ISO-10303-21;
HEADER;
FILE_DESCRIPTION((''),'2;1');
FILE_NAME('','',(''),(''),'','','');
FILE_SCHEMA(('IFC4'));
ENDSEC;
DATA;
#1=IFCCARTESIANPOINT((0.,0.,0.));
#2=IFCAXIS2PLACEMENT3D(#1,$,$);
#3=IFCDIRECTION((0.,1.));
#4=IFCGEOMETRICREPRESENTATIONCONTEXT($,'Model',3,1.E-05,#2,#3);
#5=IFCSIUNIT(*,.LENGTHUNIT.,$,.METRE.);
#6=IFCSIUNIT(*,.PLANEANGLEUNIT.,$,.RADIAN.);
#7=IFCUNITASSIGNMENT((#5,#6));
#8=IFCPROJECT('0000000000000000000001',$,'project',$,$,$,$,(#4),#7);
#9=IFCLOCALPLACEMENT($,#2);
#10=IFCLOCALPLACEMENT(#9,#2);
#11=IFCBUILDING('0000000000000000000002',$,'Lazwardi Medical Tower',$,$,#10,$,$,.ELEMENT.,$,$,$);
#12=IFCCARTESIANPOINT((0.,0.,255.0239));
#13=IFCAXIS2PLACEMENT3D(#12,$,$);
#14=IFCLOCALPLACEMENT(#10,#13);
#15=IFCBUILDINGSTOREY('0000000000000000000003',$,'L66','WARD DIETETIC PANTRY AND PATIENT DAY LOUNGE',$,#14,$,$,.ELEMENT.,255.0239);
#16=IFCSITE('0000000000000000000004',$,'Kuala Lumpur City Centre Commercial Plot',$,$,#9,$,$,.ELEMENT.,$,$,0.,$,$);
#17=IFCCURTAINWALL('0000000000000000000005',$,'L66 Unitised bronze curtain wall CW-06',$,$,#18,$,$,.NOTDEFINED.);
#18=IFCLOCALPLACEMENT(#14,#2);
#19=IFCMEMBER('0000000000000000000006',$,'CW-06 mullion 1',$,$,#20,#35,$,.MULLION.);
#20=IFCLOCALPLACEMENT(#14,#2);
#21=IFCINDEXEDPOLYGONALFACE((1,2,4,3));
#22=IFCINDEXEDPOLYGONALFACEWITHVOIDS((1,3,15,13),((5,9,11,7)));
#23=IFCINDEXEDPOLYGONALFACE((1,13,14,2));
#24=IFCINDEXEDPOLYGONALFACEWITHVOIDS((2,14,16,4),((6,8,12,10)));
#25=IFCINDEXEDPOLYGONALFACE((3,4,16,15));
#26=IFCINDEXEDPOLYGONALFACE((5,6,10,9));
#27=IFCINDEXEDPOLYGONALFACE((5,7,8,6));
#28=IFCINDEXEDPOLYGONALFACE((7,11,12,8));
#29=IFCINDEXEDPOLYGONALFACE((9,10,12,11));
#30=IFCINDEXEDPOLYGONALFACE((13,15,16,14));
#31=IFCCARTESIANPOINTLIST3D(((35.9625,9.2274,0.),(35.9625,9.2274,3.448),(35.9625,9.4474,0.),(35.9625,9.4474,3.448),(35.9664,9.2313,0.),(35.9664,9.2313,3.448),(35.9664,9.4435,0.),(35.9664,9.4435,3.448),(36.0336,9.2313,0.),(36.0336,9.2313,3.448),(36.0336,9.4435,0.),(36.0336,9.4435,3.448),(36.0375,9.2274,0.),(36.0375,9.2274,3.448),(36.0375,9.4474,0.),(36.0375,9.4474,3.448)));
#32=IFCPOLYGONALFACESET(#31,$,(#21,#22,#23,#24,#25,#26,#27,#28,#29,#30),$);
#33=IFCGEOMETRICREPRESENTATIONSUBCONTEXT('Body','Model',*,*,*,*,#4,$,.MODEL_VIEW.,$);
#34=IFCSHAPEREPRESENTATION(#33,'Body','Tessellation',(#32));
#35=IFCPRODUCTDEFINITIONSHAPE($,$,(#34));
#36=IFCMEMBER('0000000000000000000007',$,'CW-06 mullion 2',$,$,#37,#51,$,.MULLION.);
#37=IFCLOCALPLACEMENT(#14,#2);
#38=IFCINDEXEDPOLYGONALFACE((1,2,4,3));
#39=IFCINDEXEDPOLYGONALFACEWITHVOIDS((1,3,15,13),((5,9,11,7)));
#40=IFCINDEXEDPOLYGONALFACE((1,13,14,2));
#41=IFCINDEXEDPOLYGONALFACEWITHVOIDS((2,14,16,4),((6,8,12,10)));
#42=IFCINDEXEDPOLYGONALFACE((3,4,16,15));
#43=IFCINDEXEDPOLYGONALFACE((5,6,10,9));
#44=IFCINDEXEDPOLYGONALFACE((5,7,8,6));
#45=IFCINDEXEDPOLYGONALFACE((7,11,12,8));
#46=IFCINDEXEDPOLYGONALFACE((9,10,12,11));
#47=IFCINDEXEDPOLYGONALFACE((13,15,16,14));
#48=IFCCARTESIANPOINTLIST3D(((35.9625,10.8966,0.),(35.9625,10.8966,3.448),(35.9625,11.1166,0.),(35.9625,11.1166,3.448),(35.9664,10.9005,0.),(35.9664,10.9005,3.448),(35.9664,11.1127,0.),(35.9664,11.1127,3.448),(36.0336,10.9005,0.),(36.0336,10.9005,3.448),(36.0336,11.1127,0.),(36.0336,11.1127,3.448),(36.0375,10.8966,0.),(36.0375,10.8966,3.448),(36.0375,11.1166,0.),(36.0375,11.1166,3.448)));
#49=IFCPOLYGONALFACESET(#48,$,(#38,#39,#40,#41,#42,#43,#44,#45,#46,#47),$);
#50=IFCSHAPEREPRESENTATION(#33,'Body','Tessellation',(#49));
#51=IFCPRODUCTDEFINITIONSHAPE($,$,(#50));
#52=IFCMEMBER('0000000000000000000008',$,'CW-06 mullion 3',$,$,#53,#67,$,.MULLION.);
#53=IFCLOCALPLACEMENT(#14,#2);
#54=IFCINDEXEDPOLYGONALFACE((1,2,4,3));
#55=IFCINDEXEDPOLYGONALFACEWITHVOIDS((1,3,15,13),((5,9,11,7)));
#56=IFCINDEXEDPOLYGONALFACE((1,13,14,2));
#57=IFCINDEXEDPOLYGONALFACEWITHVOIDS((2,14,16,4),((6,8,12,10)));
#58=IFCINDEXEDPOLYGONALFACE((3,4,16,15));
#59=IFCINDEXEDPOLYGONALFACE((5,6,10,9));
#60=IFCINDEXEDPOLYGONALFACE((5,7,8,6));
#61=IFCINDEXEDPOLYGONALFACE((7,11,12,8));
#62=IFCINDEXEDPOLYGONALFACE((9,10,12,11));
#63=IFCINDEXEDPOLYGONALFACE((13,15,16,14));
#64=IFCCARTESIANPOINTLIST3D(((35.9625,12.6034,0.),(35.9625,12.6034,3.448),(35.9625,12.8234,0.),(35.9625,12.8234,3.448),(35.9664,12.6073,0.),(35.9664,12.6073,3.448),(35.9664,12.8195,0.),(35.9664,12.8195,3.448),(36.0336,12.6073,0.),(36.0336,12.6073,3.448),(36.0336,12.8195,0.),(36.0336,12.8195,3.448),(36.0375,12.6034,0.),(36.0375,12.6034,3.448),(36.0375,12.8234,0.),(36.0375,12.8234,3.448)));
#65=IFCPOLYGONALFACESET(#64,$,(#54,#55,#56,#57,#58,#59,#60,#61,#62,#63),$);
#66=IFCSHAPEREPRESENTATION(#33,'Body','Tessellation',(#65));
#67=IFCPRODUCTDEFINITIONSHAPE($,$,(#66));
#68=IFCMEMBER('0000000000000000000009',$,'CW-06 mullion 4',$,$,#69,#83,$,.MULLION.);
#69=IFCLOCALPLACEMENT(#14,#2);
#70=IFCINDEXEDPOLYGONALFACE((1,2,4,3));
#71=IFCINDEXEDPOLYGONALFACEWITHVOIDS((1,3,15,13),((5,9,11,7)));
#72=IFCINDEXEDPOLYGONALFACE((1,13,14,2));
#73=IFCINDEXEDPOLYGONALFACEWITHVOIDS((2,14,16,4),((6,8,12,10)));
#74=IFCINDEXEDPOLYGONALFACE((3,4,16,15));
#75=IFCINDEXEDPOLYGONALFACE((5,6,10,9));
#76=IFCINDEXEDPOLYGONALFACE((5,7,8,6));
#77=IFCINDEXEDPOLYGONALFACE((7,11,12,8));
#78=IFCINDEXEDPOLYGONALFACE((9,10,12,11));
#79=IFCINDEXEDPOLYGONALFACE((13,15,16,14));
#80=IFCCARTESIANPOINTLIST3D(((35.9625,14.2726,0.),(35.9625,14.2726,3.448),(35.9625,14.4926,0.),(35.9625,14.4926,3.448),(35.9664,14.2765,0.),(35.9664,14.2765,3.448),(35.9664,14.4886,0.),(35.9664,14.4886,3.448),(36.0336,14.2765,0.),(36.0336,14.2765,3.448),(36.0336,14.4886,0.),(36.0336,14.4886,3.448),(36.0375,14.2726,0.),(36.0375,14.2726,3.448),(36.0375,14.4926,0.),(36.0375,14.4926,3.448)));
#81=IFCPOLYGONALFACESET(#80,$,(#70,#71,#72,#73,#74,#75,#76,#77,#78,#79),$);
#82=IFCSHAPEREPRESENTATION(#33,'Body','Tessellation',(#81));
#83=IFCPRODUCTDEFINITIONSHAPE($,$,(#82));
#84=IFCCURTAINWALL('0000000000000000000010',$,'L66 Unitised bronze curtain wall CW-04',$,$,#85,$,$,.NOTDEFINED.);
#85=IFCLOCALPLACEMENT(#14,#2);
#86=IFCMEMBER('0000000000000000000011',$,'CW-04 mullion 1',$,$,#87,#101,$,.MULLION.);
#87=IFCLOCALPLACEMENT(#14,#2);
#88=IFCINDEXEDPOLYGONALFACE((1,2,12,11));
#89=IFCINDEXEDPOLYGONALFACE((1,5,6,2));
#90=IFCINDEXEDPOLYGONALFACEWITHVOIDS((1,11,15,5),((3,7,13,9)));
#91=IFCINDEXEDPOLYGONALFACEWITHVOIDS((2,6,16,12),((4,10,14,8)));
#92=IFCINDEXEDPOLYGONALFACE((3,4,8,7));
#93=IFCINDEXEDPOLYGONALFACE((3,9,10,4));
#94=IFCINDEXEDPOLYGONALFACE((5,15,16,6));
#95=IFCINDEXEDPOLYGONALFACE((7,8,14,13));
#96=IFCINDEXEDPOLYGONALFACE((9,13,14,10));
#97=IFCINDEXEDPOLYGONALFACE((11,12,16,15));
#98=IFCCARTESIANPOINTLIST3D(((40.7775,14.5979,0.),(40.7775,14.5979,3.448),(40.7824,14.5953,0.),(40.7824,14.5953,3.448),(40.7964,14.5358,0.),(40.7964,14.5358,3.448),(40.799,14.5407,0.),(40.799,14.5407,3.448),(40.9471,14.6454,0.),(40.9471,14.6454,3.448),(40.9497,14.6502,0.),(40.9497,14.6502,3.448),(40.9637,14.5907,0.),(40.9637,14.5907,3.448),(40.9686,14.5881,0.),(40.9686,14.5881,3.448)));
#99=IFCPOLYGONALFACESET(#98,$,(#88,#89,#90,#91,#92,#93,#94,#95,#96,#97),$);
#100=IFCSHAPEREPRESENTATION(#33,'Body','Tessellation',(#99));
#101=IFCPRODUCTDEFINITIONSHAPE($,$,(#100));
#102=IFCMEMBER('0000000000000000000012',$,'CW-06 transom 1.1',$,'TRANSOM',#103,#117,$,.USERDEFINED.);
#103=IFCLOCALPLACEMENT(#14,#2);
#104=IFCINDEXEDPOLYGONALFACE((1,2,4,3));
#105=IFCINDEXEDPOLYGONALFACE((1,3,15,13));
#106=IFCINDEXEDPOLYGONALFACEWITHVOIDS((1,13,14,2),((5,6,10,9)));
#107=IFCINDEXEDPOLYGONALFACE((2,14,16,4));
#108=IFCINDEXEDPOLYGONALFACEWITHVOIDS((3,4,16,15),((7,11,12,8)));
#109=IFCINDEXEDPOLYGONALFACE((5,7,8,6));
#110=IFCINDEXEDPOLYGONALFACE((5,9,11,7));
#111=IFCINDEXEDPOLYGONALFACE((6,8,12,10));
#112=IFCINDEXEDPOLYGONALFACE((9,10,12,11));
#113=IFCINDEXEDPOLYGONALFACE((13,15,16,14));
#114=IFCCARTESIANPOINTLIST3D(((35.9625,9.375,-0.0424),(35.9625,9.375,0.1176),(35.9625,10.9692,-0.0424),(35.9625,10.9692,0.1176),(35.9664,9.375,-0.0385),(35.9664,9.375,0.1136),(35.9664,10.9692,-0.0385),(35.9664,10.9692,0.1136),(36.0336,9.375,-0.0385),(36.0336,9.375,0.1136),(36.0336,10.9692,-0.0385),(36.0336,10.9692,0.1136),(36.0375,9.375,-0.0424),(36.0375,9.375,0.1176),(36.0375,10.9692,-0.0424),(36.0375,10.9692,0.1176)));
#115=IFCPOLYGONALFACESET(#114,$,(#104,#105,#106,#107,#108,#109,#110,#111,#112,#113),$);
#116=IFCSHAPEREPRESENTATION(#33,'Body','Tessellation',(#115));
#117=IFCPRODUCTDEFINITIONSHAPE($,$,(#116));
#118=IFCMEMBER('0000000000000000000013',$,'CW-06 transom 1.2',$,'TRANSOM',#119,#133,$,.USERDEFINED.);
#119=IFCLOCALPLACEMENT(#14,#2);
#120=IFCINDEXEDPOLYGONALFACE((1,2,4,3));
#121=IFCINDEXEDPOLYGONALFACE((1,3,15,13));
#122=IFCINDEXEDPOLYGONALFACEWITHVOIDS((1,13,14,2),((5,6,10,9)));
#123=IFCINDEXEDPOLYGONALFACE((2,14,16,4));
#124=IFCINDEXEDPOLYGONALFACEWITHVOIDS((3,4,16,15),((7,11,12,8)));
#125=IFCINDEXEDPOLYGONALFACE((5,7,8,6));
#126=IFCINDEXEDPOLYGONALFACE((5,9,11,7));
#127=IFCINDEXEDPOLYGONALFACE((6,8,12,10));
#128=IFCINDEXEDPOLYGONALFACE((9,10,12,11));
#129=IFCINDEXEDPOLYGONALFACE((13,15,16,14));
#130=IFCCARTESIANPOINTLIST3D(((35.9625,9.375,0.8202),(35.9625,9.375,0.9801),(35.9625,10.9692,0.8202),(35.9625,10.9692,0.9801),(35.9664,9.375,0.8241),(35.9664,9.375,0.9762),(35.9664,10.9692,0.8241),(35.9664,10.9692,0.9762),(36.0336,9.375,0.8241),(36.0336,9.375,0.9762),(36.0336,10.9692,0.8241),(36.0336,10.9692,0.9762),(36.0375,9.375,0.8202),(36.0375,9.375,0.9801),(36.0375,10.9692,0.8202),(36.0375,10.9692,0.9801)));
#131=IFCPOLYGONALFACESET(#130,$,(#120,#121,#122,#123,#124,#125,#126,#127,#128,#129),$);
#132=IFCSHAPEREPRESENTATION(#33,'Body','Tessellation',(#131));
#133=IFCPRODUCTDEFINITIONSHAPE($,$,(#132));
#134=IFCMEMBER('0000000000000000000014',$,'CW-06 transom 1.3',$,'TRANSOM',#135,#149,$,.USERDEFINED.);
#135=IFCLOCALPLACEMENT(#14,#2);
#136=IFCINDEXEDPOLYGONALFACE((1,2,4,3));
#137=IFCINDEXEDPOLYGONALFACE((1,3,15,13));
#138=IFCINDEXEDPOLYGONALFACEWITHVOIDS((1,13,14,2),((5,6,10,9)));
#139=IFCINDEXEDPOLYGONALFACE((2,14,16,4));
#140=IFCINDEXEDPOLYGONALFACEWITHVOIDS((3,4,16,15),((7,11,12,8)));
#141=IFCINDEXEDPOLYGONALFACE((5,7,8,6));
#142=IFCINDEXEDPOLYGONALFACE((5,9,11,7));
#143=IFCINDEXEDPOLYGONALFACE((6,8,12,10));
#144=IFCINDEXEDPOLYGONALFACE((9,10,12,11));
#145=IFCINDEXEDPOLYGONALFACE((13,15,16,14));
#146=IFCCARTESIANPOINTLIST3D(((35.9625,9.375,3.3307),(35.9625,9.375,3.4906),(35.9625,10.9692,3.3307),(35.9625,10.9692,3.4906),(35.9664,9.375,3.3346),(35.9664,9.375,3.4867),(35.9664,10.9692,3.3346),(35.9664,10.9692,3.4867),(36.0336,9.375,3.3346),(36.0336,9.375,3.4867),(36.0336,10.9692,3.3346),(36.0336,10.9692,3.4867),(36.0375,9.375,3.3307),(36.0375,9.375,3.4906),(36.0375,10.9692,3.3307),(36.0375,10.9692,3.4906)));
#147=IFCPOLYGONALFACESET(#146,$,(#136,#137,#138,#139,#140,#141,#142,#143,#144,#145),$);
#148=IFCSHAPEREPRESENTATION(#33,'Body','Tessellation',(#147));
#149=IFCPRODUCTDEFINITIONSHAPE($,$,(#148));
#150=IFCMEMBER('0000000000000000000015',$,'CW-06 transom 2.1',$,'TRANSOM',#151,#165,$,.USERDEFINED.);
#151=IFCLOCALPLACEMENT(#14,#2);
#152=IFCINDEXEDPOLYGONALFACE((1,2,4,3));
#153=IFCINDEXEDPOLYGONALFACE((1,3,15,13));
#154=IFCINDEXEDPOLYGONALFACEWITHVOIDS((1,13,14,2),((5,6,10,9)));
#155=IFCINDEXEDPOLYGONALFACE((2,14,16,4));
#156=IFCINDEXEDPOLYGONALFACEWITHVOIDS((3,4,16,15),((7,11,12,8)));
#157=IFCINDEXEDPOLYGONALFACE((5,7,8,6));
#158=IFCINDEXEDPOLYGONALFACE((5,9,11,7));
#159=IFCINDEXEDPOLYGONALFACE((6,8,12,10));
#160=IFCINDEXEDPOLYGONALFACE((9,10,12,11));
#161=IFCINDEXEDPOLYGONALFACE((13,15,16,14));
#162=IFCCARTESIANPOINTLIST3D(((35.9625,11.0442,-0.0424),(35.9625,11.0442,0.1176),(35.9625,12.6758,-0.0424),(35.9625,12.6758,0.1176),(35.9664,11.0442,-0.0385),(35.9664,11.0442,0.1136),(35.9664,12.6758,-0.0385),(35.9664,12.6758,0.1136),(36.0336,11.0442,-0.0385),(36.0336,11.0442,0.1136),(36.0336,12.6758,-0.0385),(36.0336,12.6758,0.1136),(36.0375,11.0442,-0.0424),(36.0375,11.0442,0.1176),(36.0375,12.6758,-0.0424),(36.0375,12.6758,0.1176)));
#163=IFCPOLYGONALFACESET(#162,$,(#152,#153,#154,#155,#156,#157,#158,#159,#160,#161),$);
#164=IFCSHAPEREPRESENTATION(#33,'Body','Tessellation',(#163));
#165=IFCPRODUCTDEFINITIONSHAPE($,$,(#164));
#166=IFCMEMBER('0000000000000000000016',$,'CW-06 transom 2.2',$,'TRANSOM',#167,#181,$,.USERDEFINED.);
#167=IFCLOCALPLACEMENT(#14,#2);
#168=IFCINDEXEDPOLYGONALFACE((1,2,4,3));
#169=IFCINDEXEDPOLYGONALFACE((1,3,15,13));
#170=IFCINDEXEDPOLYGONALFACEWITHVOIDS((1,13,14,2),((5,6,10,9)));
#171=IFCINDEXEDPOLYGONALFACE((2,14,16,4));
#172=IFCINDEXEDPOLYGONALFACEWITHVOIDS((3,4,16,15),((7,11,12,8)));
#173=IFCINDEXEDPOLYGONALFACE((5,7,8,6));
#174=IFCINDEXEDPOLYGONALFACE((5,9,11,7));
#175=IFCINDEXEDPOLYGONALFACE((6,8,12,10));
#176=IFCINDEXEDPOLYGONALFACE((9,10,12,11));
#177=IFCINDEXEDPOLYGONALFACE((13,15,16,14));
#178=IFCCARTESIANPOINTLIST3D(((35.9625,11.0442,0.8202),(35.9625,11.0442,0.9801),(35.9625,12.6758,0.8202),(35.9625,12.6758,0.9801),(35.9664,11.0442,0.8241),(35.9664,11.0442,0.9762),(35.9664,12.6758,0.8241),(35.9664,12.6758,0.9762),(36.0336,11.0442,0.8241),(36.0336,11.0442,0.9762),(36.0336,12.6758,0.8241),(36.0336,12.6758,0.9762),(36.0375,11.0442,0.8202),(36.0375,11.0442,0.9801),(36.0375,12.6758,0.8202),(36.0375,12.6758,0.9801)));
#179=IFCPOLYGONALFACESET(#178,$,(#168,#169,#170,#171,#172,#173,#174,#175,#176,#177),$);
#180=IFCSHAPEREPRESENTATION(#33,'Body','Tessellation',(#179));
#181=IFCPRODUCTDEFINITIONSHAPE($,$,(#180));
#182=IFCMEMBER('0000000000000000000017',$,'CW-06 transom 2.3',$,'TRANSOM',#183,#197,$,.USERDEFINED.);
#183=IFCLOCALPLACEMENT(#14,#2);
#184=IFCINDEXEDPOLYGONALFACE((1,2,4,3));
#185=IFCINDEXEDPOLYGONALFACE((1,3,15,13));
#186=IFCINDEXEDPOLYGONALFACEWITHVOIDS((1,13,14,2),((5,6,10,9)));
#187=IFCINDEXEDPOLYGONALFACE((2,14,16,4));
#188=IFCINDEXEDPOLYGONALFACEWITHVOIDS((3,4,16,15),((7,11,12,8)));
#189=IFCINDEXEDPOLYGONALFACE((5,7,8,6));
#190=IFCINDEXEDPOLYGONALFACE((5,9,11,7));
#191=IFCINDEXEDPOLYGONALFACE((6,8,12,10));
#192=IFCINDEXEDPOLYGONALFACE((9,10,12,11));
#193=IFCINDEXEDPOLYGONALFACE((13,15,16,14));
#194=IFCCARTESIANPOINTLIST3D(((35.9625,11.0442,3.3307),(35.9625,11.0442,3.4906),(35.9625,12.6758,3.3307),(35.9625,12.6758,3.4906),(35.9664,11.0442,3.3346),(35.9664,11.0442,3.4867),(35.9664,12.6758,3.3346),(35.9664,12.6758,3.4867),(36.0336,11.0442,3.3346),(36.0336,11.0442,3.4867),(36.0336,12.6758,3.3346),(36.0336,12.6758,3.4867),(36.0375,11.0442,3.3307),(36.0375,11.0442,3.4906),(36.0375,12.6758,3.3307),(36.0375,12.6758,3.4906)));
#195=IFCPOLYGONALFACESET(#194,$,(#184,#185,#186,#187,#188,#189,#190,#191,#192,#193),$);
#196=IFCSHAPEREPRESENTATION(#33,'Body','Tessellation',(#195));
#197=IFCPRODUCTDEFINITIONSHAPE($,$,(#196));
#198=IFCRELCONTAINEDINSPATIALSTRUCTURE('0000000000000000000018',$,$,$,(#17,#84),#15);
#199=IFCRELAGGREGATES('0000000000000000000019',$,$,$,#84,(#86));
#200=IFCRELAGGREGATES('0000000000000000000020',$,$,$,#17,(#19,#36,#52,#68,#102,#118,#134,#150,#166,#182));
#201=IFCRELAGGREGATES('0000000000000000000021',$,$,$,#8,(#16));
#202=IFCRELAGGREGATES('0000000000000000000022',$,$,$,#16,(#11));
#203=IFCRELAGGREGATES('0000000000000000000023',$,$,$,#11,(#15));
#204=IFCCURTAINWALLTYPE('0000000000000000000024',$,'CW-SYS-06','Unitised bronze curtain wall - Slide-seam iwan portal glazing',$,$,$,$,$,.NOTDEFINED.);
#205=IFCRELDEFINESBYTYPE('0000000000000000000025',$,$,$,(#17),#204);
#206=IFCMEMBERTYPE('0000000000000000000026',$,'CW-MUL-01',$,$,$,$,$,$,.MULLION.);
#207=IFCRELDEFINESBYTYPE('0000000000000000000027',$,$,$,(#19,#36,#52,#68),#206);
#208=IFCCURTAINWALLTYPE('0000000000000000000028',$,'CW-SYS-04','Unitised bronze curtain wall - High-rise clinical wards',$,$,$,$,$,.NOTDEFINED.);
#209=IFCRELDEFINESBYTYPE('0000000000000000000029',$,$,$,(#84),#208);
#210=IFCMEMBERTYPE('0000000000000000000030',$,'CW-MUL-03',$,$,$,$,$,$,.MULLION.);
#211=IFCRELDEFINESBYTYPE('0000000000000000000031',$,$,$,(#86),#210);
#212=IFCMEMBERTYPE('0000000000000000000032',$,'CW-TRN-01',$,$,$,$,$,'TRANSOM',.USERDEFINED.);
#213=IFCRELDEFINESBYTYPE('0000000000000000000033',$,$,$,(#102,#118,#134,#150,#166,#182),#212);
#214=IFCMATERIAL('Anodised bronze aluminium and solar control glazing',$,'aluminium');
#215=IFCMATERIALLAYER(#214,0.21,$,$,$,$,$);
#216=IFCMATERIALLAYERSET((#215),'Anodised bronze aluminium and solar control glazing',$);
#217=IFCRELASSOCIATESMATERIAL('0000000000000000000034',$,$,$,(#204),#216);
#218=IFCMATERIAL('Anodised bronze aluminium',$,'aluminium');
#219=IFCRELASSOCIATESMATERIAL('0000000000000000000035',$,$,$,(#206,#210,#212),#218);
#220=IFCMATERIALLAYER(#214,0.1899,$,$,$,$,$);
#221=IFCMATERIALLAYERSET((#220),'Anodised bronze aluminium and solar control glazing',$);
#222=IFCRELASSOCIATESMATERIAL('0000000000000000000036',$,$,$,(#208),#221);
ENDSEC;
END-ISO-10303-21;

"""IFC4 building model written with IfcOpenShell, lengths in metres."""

from ifc_helpers import new_model, si_unit, direction, frame, origin, origin_2d, place, context, subcontext, project, spatial, hollow_rectangle, extrude, material, layer, layer_set, material_profile, profile_set, type_object, element, aggregate, save


model = new_model("IFC4")

# Units and contexts
model_context = context("Model", 3, precision=1e-05, world=origin(), true_north=direction((0.0, 1.0)))
body_context = subcontext(model_context, "Body", "Model", "MODEL_VIEW")
ifc_project = project(units=[si_unit("LENGTHUNIT", "METRE"), si_unit("PLANEANGLEUNIT", "RADIAN")], contexts=[model_context])

# Site, building, storey
site_placement = place(None, origin())
site = spatial("IfcSite", under=ifc_project, at=site_placement, Name="Kuala Lumpur City Centre Commercial Plot", CompositionType="ELEMENT", RefElevation=0.0)
building_placement = place(site_placement, origin())
building = spatial("IfcBuilding", under=site, at=building_placement, Name="Lazwardi Medical Tower", CompositionType="ELEMENT")
storey_placement = place(building_placement, frame((0.0, 0.0, 255.0239)))
storey = spatial("IfcBuildingStorey", under=building, at=storey_placement, Name="L66", Description="WARD DIETETIC PANTRY AND PATIENT DAY LOUNGE", CompositionType="ELEMENT", Elevation=255.0239)

# Curtain wall, members
ifc_material_1 = material(Name="Anodised bronze aluminium and solar control glazing", Category="aluminium")
ifc_layer_1 = layer(ifc_material_1, 0.21)
ifc_layer_set_1 = layer_set([ifc_layer_1], Name="Anodised bronze aluminium and solar control glazing")
curtain_wall_type_1 = type_object("IfcCurtainWallType", Name="CW-SYS-06", Description="Unitised bronze curtain wall - Slide-seam iwan portal glazing", PredefinedType="NOTDEFINED", material=ifc_layer_set_1)
curtain_wall_1_placement = place(storey_placement, origin())
curtain_wall_1 = element("IfcCurtainWall", 1, at=curtain_wall_1_placement, inside=storey, type_object=curtain_wall_type_1, Name="L66 Unitised bronze curtain wall CW-06", PredefinedType="NOTDEFINED")
ifc_material_2 = material(Name="Anodised bronze aluminium", Category="aluminium")
ifc_material_profile_1 = material_profile(ifc_material_2, hollow_rectangle(XDim=0.075, YDim=0.22, WallThickness=0.0039, at=origin_2d()), Name="ALU-MULLION 220x75x4")
ifc_profile_set_1 = profile_set([ifc_material_profile_1], Name="Anodised bronze aluminium")
member_type_1 = type_object("IfcMemberType", Name="CW-MUL-01", PredefinedType="MULLION", material=ifc_profile_set_1)
member_1_placement = place(storey_placement, frame((36.0, 9.3374, 0.0), z_axis=(0.0, 0.0, 1.0), x_axis=(-1.0, 0.0, 0.0)))
member_1 = element("IfcMember", 2, at=member_1_placement, type_object=member_type_1, Name="CW-06 mullion 1", PredefinedType="MULLION", context=body_context, shape_type="SweptSolid", body=[
    extrude(hollow_rectangle(XDim=0.075, YDim=0.22, WallThickness=0.0039, at=origin_2d()), origin(), (0.0, 0.0, 1.0), 3.448),
])
member_2_placement = place(storey_placement, frame((36.0, 11.0066, 0.0), z_axis=(0.0, 0.0, 1.0), x_axis=(-1.0, 0.0, 0.0)))
member_2 = element("IfcMember", 3, at=member_2_placement, type_object=member_type_1, Name="CW-06 mullion 2", PredefinedType="MULLION", context=body_context, shape_type="SweptSolid", body=[
    extrude(hollow_rectangle(XDim=0.075, YDim=0.22, WallThickness=0.0039, at=origin_2d()), origin(), (0.0, 0.0, 1.0), 3.448),
])
member_3_placement = place(storey_placement, frame((36.0, 12.7134, 0.0), z_axis=(0.0, 0.0, 1.0), x_axis=(-1.0, 0.0, 0.0)))
member_3 = element("IfcMember", 4, at=member_3_placement, type_object=member_type_1, Name="CW-06 mullion 3", PredefinedType="MULLION", context=body_context, shape_type="SweptSolid", body=[
    extrude(hollow_rectangle(XDim=0.075, YDim=0.22, WallThickness=0.0039, at=origin_2d()), origin(), (0.0, 0.0, 1.0), 3.448),
])
member_4_placement = place(storey_placement, frame((36.0, 14.3826, 0.0), z_axis=(0.0, 0.0, 1.0), x_axis=(-1.0, 0.0, 0.0)))
member_4 = element("IfcMember", 5, at=member_4_placement, type_object=member_type_1, Name="CW-06 mullion 4", PredefinedType="MULLION", context=body_context, shape_type="SweptSolid", body=[
    extrude(hollow_rectangle(XDim=0.075, YDim=0.22, WallThickness=0.0039, at=origin_2d()), origin(), (0.0, 0.0, 1.0), 3.448),
])

# Curtain wall, member
ifc_layer_2 = layer(ifc_material_1, 0.1899)
ifc_layer_set_2 = layer_set([ifc_layer_2], Name="Anodised bronze aluminium and solar control glazing")
curtain_wall_type_2 = type_object("IfcCurtainWallType", Name="CW-SYS-04", Description="Unitised bronze curtain wall - High-rise clinical wards", PredefinedType="NOTDEFINED", material=ifc_layer_set_2)
curtain_wall_2_placement = place(storey_placement, origin())
curtain_wall_2 = element("IfcCurtainWall", 6, at=curtain_wall_2_placement, inside=storey, type_object=curtain_wall_type_2, Name="L66 Unitised bronze curtain wall CW-04", PredefinedType="NOTDEFINED")
ifc_material_profile_2 = material_profile(ifc_material_2, hollow_rectangle(XDim=0.0649, YDim=0.1799, WallThickness=0.0039, at=origin_2d()), Name="ALU-MULLION 180x65x4")
ifc_profile_set_2 = profile_set([ifc_material_profile_2], Name="Anodised bronze aluminium")
member_type_2 = type_object("IfcMemberType", Name="CW-MUL-03", PredefinedType="MULLION", material=ifc_profile_set_2)
member_5_placement = place(storey_placement, frame((40.873, 14.593, 0.0), z_axis=(0.0, 0.0, 1.0), x_axis=(-0.290582, 0.95685, 0.0)))
member_5 = element("IfcMember", 7, at=member_5_placement, type_object=member_type_2, Name="CW-04 mullion 1", PredefinedType="MULLION", context=body_context, shape_type="SweptSolid", body=[
    extrude(hollow_rectangle(XDim=0.0649, YDim=0.1799, WallThickness=0.0039, at=origin_2d()), origin(), (0.0, 0.0, 1.0), 3.448),
])
aggregate(curtain_wall_2, [member_5])

# Members
ifc_material_profile_3 = material_profile(ifc_material_2, hollow_rectangle(XDim=0.075, YDim=0.1599, WallThickness=0.0039, at=origin_2d()), Name="ALU-TRANSOM 160x75x4")
ifc_profile_set_3 = profile_set([ifc_material_profile_3], Name="Anodised bronze aluminium")
member_type_3 = type_object("IfcMemberType", Name="CW-TRN-01", ElementType="TRANSOM", PredefinedType="USERDEFINED", material=ifc_profile_set_3)
member_6_placement = place(storey_placement, frame((36.0, 9.375, 0.0376), z_axis=(0.0, 1.0, 0.0), x_axis=(-1.0, 0.0, 0.0)))
member_6 = element("IfcMember", 8, at=member_6_placement, type_object=member_type_3, Name="CW-06 transom 1.1", ObjectType="TRANSOM", PredefinedType="USERDEFINED", context=body_context, shape_type="SweptSolid", body=[
    extrude(hollow_rectangle(XDim=0.075, YDim=0.1599, WallThickness=0.0039, at=origin_2d()), origin(), (0.0, 0.0, 1.0), 1.5942),
])
member_7_placement = place(storey_placement, frame((36.0, 9.375, 0.9001), z_axis=(0.0, 1.0, 0.0), x_axis=(-1.0, 0.0, 0.0)))
member_7 = element("IfcMember", 9, at=member_7_placement, type_object=member_type_3, Name="CW-06 transom 1.2", ObjectType="TRANSOM", PredefinedType="USERDEFINED", context=body_context, shape_type="SweptSolid", body=[
    extrude(hollow_rectangle(XDim=0.075, YDim=0.1599, WallThickness=0.0039, at=origin_2d()), origin(), (0.0, 0.0, 1.0), 1.5942),
])
member_8_placement = place(storey_placement, frame((36.0, 9.375, 3.4106), z_axis=(0.0, 1.0, 0.0), x_axis=(-1.0, 0.0, 0.0)))
member_8 = element("IfcMember", 10, at=member_8_placement, type_object=member_type_3, Name="CW-06 transom 1.3", ObjectType="TRANSOM", PredefinedType="USERDEFINED", context=body_context, shape_type="SweptSolid", body=[
    extrude(hollow_rectangle(XDim=0.075, YDim=0.1599, WallThickness=0.0039, at=origin_2d()), origin(), (0.0, 0.0, 1.0), 1.5942),
])
member_9_placement = place(storey_placement, frame((36.0, 11.0442, 0.0376), z_axis=(0.0, 1.0, 0.0), x_axis=(-1.0, 0.0, 0.0)))
member_9 = element("IfcMember", 11, at=member_9_placement, type_object=member_type_3, Name="CW-06 transom 2.1", ObjectType="TRANSOM", PredefinedType="USERDEFINED", context=body_context, shape_type="SweptSolid", body=[
    extrude(hollow_rectangle(XDim=0.075, YDim=0.1599, WallThickness=0.0039, at=origin_2d()), origin(), (0.0, 0.0, 1.0), 1.6316),
])
member_10_placement = place(storey_placement, frame((36.0, 11.0442, 0.9001), z_axis=(0.0, 1.0, 0.0), x_axis=(-1.0, 0.0, 0.0)))
member_10 = element("IfcMember", 12, at=member_10_placement, type_object=member_type_3, Name="CW-06 transom 2.2", ObjectType="TRANSOM", PredefinedType="USERDEFINED", context=body_context, shape_type="SweptSolid", body=[
    extrude(hollow_rectangle(XDim=0.075, YDim=0.1599, WallThickness=0.0039, at=origin_2d()), origin(), (0.0, 0.0, 1.0), 1.6316),
])
member_11_placement = place(storey_placement, frame((36.0, 11.0442, 3.4106), z_axis=(0.0, 1.0, 0.0), x_axis=(-1.0, 0.0, 0.0)))
member_11 = element("IfcMember", 13, at=member_11_placement, type_object=member_type_3, Name="CW-06 transom 2.3", ObjectType="TRANSOM", PredefinedType="USERDEFINED", context=body_context, shape_type="SweptSolid", body=[
    extrude(hollow_rectangle(XDim=0.075, YDim=0.1599, WallThickness=0.0039, at=origin_2d()), origin(), (0.0, 0.0, 1.0), 1.6316),
])

aggregate(curtain_wall_1, [member_1, member_2, member_3, member_4, member_6, member_7, member_8, member_9, member_10, member_11])

save(model, "model.ifc")
